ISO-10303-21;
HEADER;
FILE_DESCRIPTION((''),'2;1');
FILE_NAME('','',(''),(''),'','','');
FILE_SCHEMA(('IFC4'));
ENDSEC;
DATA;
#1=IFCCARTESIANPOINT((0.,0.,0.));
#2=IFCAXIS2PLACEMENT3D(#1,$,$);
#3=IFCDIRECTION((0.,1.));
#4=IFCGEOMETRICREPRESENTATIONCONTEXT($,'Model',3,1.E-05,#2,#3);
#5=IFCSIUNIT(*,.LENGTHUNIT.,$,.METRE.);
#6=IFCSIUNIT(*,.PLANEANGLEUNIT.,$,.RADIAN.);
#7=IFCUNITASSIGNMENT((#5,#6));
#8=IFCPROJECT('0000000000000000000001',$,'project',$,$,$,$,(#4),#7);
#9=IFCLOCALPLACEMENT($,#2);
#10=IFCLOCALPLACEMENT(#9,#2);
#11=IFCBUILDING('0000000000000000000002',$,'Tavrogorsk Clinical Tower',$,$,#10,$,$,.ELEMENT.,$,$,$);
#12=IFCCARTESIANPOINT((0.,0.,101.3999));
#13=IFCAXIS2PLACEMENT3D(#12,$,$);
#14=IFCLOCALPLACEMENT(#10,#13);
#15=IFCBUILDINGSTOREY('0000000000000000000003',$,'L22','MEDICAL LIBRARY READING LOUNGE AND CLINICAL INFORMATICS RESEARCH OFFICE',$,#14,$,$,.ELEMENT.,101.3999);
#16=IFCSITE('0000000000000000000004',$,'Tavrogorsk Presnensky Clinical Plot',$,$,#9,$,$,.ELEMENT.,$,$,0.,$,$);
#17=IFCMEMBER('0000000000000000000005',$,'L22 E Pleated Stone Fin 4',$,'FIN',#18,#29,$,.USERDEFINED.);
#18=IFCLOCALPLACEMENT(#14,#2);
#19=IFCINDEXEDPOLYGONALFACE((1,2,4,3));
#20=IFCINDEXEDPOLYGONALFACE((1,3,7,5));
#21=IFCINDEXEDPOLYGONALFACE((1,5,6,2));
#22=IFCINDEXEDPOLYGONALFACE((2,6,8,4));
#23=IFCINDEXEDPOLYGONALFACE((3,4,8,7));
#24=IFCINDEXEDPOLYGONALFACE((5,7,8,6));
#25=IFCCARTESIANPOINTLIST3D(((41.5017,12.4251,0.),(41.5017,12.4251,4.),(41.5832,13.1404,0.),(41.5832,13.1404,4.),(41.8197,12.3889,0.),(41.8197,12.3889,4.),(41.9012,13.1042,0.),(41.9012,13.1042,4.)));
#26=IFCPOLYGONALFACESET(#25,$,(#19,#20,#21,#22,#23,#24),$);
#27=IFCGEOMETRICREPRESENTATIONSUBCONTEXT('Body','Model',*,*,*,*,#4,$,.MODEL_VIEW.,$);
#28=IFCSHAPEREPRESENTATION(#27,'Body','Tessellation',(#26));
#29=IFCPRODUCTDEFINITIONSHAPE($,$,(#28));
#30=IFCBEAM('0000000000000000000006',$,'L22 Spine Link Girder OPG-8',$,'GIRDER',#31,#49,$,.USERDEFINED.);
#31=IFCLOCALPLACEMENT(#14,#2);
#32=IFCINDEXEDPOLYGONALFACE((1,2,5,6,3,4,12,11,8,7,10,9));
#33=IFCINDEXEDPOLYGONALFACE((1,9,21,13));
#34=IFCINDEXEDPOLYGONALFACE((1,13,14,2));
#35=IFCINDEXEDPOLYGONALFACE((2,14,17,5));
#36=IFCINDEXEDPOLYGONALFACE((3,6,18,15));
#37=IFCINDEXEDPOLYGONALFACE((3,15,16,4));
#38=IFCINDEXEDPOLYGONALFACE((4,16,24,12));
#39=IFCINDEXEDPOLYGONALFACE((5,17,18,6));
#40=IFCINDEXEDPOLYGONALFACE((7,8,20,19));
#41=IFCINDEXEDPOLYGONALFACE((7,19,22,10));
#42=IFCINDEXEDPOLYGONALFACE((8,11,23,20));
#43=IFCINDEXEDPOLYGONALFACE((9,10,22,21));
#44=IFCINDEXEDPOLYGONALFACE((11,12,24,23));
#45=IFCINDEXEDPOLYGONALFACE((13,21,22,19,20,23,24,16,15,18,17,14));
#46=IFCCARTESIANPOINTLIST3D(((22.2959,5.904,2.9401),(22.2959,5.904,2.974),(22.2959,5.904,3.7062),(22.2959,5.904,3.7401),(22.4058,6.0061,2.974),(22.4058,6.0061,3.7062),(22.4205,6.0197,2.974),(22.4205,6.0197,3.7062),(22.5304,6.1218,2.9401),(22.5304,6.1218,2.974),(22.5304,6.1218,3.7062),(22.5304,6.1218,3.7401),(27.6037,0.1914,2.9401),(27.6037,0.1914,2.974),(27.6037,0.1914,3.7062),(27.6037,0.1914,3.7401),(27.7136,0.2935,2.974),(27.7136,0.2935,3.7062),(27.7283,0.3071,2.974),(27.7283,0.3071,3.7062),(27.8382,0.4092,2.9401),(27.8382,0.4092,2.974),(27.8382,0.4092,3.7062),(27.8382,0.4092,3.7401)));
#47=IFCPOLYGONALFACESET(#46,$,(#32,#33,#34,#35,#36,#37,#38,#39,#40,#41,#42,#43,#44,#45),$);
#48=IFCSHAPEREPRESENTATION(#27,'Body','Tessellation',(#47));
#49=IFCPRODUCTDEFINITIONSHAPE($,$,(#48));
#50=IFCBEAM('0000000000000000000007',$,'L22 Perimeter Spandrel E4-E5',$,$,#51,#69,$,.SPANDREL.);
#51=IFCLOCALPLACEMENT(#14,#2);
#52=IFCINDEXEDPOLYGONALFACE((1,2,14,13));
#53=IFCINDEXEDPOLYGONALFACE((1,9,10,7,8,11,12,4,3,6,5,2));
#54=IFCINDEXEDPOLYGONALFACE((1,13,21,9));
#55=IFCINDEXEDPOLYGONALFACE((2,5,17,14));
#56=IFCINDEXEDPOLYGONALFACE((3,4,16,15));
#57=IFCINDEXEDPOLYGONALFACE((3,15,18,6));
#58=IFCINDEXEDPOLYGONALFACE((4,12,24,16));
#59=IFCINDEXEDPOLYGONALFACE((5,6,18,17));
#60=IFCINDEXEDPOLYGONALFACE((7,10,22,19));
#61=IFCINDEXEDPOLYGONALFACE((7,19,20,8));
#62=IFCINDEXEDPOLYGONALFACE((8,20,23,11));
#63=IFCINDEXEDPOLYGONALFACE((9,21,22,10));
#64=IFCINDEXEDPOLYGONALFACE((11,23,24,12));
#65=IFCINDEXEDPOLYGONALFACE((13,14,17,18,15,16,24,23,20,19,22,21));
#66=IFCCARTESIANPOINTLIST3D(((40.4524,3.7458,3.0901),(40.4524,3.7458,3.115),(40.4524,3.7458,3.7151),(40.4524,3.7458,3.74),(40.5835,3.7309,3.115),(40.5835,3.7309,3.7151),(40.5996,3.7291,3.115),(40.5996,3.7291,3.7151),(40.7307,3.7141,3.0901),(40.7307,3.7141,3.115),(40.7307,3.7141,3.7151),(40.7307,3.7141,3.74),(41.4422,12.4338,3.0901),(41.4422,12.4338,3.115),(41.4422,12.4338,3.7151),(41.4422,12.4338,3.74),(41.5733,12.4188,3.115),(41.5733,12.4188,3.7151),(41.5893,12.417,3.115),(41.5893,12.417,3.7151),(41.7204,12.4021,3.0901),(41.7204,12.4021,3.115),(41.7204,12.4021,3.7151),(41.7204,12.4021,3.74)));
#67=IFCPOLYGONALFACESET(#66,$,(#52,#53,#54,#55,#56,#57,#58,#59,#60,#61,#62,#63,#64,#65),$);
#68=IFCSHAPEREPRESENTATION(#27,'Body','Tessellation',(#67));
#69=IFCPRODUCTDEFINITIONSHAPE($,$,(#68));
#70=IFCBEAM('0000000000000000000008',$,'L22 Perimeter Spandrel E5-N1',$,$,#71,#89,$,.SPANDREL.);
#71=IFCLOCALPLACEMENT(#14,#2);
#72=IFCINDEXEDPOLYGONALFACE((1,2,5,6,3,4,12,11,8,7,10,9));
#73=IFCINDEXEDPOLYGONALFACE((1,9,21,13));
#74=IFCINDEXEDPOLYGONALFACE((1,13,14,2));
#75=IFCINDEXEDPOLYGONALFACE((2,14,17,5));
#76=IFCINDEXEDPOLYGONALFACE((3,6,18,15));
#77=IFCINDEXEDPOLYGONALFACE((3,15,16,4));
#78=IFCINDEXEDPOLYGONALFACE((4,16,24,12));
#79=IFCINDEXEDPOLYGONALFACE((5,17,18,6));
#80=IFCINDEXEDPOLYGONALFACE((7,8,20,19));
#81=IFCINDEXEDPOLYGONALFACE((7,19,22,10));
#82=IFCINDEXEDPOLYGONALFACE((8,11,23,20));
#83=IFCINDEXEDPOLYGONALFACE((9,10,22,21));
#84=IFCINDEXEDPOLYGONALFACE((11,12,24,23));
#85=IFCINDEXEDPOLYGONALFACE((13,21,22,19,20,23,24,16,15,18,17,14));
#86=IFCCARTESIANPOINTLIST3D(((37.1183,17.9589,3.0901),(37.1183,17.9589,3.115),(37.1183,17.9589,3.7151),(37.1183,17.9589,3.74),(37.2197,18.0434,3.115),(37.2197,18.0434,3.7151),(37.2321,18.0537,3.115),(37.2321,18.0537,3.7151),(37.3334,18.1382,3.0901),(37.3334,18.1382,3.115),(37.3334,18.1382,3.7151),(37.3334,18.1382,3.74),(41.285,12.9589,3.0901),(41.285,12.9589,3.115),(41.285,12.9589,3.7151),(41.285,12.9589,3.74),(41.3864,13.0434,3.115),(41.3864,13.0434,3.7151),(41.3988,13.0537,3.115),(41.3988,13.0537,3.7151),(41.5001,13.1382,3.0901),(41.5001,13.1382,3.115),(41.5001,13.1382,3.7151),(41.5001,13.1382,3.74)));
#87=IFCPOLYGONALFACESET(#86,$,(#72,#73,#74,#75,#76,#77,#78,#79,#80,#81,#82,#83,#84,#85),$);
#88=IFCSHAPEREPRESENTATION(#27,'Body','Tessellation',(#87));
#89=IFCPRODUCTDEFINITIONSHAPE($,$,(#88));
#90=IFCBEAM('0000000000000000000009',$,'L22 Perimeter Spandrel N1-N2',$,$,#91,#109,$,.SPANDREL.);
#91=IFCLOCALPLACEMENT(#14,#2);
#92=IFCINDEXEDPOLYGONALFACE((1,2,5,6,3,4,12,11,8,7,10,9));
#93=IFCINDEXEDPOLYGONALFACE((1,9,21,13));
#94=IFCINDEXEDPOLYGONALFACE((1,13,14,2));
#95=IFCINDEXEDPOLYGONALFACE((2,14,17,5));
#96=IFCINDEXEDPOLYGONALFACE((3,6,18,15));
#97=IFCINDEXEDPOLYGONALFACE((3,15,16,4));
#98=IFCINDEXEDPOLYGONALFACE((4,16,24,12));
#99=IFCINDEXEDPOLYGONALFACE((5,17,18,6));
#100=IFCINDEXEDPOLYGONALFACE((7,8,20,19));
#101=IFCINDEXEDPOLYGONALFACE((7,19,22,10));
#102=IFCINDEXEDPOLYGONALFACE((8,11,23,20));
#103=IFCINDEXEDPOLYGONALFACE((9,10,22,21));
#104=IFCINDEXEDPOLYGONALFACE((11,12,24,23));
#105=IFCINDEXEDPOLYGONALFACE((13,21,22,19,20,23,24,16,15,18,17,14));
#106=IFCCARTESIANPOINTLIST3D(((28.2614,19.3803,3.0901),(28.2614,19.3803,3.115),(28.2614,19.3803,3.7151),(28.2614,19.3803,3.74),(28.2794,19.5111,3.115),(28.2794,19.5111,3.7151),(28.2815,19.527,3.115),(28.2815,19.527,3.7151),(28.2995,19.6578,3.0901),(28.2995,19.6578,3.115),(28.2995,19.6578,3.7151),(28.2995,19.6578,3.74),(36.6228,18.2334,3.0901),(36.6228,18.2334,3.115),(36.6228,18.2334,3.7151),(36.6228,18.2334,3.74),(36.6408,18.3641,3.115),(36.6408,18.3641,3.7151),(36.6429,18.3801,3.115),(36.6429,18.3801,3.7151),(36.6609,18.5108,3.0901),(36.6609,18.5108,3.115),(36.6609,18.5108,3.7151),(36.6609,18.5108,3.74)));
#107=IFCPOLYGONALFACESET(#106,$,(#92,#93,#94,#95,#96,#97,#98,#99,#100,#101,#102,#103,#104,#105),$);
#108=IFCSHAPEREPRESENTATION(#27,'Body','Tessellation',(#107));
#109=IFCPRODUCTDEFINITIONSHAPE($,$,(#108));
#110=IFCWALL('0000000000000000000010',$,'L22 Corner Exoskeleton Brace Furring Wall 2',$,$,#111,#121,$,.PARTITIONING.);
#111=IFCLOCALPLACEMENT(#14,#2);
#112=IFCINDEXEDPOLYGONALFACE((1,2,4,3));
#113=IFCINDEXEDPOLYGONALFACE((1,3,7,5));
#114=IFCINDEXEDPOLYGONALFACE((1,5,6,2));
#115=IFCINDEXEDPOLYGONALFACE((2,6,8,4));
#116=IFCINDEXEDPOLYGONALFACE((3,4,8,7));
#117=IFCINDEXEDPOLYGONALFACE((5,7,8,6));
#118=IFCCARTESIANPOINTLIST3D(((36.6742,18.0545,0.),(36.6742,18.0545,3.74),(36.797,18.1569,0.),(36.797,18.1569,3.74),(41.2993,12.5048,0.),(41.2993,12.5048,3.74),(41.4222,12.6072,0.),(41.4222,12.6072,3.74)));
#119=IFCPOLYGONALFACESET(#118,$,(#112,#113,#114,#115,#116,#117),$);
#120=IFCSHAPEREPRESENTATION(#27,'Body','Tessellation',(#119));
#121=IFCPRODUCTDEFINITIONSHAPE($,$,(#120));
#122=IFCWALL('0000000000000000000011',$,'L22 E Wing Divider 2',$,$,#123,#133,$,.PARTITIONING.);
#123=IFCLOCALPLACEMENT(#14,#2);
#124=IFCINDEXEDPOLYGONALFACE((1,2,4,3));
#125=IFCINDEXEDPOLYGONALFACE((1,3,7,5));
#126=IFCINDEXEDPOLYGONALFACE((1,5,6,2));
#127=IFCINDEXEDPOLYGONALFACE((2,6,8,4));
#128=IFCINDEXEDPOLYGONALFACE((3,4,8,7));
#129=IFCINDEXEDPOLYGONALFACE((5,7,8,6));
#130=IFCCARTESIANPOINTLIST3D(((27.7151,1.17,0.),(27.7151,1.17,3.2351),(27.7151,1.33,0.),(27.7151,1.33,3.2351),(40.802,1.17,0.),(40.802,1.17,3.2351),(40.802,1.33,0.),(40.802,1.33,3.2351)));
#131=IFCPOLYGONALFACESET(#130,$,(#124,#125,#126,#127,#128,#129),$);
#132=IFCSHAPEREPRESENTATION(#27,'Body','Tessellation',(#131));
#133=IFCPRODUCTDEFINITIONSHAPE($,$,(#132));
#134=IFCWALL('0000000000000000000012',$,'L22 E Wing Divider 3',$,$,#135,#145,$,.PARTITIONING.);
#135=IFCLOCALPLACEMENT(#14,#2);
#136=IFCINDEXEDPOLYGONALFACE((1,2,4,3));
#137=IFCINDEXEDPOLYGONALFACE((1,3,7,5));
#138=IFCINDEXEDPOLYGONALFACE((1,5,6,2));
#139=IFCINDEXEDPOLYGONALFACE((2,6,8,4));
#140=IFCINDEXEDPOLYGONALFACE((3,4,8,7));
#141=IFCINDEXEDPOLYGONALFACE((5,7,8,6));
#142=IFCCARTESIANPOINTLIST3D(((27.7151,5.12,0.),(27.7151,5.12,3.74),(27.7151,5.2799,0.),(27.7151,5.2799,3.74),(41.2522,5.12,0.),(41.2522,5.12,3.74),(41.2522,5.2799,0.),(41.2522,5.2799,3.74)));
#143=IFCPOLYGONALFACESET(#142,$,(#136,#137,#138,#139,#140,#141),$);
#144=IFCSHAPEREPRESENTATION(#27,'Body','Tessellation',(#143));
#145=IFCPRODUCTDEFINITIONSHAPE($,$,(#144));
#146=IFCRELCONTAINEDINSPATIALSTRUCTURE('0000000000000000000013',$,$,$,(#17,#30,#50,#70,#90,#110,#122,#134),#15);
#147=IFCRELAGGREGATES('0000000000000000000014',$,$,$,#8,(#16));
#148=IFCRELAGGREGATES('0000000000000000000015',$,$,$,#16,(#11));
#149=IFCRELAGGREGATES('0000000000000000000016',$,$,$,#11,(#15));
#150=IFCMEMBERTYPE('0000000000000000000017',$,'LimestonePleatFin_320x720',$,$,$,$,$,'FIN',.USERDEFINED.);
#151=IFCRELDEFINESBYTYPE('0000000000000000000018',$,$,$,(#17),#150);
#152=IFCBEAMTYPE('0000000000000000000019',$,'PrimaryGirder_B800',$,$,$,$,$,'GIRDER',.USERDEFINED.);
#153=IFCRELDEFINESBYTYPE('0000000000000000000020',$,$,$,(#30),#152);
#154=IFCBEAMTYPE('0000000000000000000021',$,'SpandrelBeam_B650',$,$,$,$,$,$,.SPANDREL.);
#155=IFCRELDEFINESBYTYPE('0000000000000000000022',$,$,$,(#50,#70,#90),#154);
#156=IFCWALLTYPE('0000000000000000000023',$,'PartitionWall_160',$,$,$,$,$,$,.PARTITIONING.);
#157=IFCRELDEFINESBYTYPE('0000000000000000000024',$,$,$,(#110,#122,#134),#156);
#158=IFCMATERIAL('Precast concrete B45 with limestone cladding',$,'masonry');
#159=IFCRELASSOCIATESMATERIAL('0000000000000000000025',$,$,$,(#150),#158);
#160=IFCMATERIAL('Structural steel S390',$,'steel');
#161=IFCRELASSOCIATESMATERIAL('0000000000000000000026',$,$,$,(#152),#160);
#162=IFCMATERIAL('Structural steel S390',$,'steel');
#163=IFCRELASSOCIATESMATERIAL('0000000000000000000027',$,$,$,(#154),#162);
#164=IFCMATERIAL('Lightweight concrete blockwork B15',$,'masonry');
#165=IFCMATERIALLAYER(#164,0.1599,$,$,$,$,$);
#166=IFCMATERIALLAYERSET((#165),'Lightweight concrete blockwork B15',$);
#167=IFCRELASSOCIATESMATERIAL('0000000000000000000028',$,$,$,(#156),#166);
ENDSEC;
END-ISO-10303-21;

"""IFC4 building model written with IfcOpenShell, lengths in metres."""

from ifc_helpers import new_model, si_unit, direction, frame, frame_2d, origin, origin_2d, place, context, subcontext, project, spatial, rectangle, i_section, extrude, material, layer, layer_set, material_profile, profile_set, type_object, element, save


model = new_model("IFC4")

# Units and contexts
model_context = context("Model", 3, precision=1e-05, world=origin(), true_north=direction((0.0, 1.0)))
body_context = subcontext(model_context, "Body", "Model", "MODEL_VIEW")
ifc_project = project(units=[si_unit("LENGTHUNIT", "METRE"), si_unit("PLANEANGLEUNIT", "RADIAN")], contexts=[model_context])

# Site, building, storey
site_placement = place(None, origin())
site = spatial("IfcSite", under=ifc_project, at=site_placement, Name="Tavrogorsk Presnensky Clinical Plot", CompositionType="ELEMENT", RefElevation=0.0)
building_placement = place(site_placement, origin())
building = spatial("IfcBuilding", under=site, at=building_placement, Name="Tavrogorsk Clinical Tower", CompositionType="ELEMENT")
storey_placement = place(building_placement, frame((0.0, 0.0, 101.3999)))
storey = spatial("IfcBuildingStorey", under=building, at=storey_placement, Name="L22", Description="MEDICAL LIBRARY READING LOUNGE AND CLINICAL INFORMATICS RESEARCH OFFICE", CompositionType="ELEMENT", Elevation=101.3999)

# Member
ifc_material_1 = material(Name="Precast concrete B45 with limestone cladding", Category="masonry")
ifc_material_profile_1 = material_profile(ifc_material_1, rectangle(XDim=0.3201, YDim=0.72, at=origin_2d()), Name="LIMESTONE-FIN-320x720")
ifc_profile_set_1 = profile_set([ifc_material_profile_1], Name="Precast concrete B45 with limestone cladding")
member_type_1 = type_object("IfcMemberType", Name="LimestonePleatFin_320x720", ElementType="FIN", PredefinedType="USERDEFINED", material=ifc_profile_set_1)
for number, where, z_axis, x_axis, name in (
    (1, (41.7014, 12.7646, 0.0), (0.0, 0.0, 1.0), (0.993572, -0.113203, 0.0), "L22 E Pleated Stone Fin 4"),
):
    element("IfcMember", number, at=place(storey_placement, frame(where, z_axis=z_axis, x_axis=x_axis)), inside=storey, type_object=member_type_1, Name=name, ObjectType="FIN", PredefinedType="USERDEFINED", context=body_context, shape_type="SweptSolid", body=[
        extrude(rectangle(XDim=0.3201, YDim=0.72, at=origin_2d()), origin(), (0.0, 0.0, 1.0), 4.0),
    ])

# Beams
ifc_material_2 = material(Name="Structural steel S390", Category="steel")
ifc_material_profile_2 = material_profile(ifc_material_2, i_section(OverallWidth=0.3201, OverallDepth=0.8, WebThickness=0.02, FlangeThickness=0.0339, at=origin_2d()), Name="B-800x320x20x34")
ifc_profile_set_2 = profile_set([ifc_material_profile_2], Name="Structural steel S390")
beam_type_1 = type_object("IfcBeamType", Name="PrimaryGirder_B800", ElementType="GIRDER", PredefinedType="USERDEFINED", material=ifc_profile_set_2)
beam_1_placement = place(storey_placement, frame((27.7209, 0.3003, 3.3401), z_axis=(-0.680676, 0.732585, 0.0), x_axis=(-0.732585, -0.680676, 0.0)))
element("IfcBeam", 2, at=beam_1_placement, inside=storey, type_object=beam_type_1, Name="L22 Spine Link Girder OPG-8", ObjectType="GIRDER", PredefinedType="USERDEFINED", context=body_context, shape_type="SweptSolid", body=[
    extrude(i_section(OverallWidth=0.3201, OverallDepth=0.8, WebThickness=0.02, FlangeThickness=0.0339, at=origin_2d()), origin(), (0.0, 0.0, 1.0), 7.7979),
])
ifc_material_3 = material(Name="Structural steel S390", Category="steel")
ifc_material_profile_3 = material_profile(ifc_material_3, i_section(OverallWidth=0.28, OverallDepth=0.6499, WebThickness=0.0161, FlangeThickness=0.0249, at=origin_2d()), Name="B-650x280x16x25")
ifc_profile_set_3 = profile_set([ifc_material_profile_3], Name="Structural steel S390")
beam_type_2 = type_object("IfcBeamType", Name="SpandrelBeam_B650", PredefinedType="SPANDREL", material=ifc_profile_set_3)
beam_2_placement = place(storey_placement, frame((40.5916, 3.73, 3.415), z_axis=(0.113189, 0.993573, 0.0), x_axis=(-0.993573, 0.113189, 0.0)))
element("IfcBeam", 3, at=beam_2_placement, inside=storey, type_object=beam_type_2, Name="L22 Perimeter Spandrel E4-E5", PredefinedType="SPANDREL", context=body_context, shape_type="SweptSolid", body=[
    extrude(i_section(OverallWidth=0.28, OverallDepth=0.6499, WebThickness=0.0161, FlangeThickness=0.0249, at=origin_2d()), origin(), (0.0, 0.0, 1.0), 8.7441),
])
beam_3_placement = place(storey_placement, frame((41.3926, 13.0486, 3.415), z_axis=(-0.640192, 0.768215, 0.0), x_axis=(-0.768215, -0.640192, 0.0)))
element("IfcBeam", 4, at=beam_3_placement, inside=storey, type_object=beam_type_2, Name="L22 Perimeter Spandrel E5-N1", PredefinedType="SPANDREL", context=body_context, shape_type="SweptSolid", body=[
    extrude(i_section(OverallWidth=0.28, OverallDepth=0.6499, WebThickness=0.0161, FlangeThickness=0.0249, at=origin_2d()), origin(), (0.0, 0.0, 1.0), 6.5085),
])
beam_4_placement = place(storey_placement, frame((36.6418, 18.3721, 3.415), z_axis=(-0.990722, 0.135903, 0.0), x_axis=(-0.135903, -0.990722, 0.0)))
element("IfcBeam", 5, at=beam_4_placement, inside=storey, type_object=beam_type_2, Name="L22 Perimeter Spandrel N1-N2", PredefinedType="SPANDREL", context=body_context, shape_type="SweptSolid", body=[
    extrude(i_section(OverallWidth=0.28, OverallDepth=0.6499, WebThickness=0.0161, FlangeThickness=0.0249, at=origin_2d()), origin(), (0.0, 0.0, 1.0), 8.4397),
])

# Walls
ifc_material_4 = material(Name="Lightweight concrete blockwork B15", Category="masonry")
ifc_layer_1 = layer(ifc_material_4, 0.1599)
ifc_layer_set_1 = layer_set([ifc_layer_1], Name="Lightweight concrete blockwork B15")
wall_type_1 = type_object("IfcWallType", Name="PartitionWall_160", PredefinedType="PARTITIONING", material=ifc_layer_set_1)
wall_1_placement = place(storey_placement, frame((41.3608, 12.5559, 0.0), z_axis=(0.0, 0.0, 1.0), x_axis=(-0.640218, 0.768194, 0.0)))
element("IfcWall", 6, at=wall_1_placement, inside=storey, type_object=wall_type_1, Name="L22 Corner Exoskeleton Brace Furring Wall 2", PredefinedType="PARTITIONING", context=body_context, shape_type="SweptSolid", body=[
    extrude(rectangle(XDim=7.2244, YDim=0.1599, at=frame_2d((3.6123, 0.0))), origin(), (0.0, 0.0, 1.0), 3.74),
])
wall_2_placement = place(storey_placement, frame((27.7151, 1.25, 0.0), z_axis=(0.0, 0.0, 1.0), x_axis=(1.0, 0.0, 0.0)))
element("IfcWall", 7, at=wall_2_placement, inside=storey, type_object=wall_type_1, Name="L22 E Wing Divider 2", PredefinedType="PARTITIONING", context=body_context, shape_type="SweptSolid", body=[
    extrude(rectangle(XDim=13.0869, YDim=0.1599, at=frame_2d((6.5435, 0.0))), origin(), (0.0, 0.0, 1.0), 3.2351),
])
wall_3_placement = place(storey_placement, frame((27.7151, 5.2, 0.0), z_axis=(0.0, 0.0, 1.0), x_axis=(1.0, 0.0, 0.0)))
element("IfcWall", 8, at=wall_3_placement, inside=storey, type_object=wall_type_1, Name="L22 E Wing Divider 3", PredefinedType="PARTITIONING", context=body_context, shape_type="SweptSolid", body=[
    extrude(rectangle(XDim=13.5371, YDim=0.1599, at=frame_2d((6.7686, 0.0))), origin(), (0.0, 0.0, 1.0), 3.74),
])

save(model, "model.ifc")
